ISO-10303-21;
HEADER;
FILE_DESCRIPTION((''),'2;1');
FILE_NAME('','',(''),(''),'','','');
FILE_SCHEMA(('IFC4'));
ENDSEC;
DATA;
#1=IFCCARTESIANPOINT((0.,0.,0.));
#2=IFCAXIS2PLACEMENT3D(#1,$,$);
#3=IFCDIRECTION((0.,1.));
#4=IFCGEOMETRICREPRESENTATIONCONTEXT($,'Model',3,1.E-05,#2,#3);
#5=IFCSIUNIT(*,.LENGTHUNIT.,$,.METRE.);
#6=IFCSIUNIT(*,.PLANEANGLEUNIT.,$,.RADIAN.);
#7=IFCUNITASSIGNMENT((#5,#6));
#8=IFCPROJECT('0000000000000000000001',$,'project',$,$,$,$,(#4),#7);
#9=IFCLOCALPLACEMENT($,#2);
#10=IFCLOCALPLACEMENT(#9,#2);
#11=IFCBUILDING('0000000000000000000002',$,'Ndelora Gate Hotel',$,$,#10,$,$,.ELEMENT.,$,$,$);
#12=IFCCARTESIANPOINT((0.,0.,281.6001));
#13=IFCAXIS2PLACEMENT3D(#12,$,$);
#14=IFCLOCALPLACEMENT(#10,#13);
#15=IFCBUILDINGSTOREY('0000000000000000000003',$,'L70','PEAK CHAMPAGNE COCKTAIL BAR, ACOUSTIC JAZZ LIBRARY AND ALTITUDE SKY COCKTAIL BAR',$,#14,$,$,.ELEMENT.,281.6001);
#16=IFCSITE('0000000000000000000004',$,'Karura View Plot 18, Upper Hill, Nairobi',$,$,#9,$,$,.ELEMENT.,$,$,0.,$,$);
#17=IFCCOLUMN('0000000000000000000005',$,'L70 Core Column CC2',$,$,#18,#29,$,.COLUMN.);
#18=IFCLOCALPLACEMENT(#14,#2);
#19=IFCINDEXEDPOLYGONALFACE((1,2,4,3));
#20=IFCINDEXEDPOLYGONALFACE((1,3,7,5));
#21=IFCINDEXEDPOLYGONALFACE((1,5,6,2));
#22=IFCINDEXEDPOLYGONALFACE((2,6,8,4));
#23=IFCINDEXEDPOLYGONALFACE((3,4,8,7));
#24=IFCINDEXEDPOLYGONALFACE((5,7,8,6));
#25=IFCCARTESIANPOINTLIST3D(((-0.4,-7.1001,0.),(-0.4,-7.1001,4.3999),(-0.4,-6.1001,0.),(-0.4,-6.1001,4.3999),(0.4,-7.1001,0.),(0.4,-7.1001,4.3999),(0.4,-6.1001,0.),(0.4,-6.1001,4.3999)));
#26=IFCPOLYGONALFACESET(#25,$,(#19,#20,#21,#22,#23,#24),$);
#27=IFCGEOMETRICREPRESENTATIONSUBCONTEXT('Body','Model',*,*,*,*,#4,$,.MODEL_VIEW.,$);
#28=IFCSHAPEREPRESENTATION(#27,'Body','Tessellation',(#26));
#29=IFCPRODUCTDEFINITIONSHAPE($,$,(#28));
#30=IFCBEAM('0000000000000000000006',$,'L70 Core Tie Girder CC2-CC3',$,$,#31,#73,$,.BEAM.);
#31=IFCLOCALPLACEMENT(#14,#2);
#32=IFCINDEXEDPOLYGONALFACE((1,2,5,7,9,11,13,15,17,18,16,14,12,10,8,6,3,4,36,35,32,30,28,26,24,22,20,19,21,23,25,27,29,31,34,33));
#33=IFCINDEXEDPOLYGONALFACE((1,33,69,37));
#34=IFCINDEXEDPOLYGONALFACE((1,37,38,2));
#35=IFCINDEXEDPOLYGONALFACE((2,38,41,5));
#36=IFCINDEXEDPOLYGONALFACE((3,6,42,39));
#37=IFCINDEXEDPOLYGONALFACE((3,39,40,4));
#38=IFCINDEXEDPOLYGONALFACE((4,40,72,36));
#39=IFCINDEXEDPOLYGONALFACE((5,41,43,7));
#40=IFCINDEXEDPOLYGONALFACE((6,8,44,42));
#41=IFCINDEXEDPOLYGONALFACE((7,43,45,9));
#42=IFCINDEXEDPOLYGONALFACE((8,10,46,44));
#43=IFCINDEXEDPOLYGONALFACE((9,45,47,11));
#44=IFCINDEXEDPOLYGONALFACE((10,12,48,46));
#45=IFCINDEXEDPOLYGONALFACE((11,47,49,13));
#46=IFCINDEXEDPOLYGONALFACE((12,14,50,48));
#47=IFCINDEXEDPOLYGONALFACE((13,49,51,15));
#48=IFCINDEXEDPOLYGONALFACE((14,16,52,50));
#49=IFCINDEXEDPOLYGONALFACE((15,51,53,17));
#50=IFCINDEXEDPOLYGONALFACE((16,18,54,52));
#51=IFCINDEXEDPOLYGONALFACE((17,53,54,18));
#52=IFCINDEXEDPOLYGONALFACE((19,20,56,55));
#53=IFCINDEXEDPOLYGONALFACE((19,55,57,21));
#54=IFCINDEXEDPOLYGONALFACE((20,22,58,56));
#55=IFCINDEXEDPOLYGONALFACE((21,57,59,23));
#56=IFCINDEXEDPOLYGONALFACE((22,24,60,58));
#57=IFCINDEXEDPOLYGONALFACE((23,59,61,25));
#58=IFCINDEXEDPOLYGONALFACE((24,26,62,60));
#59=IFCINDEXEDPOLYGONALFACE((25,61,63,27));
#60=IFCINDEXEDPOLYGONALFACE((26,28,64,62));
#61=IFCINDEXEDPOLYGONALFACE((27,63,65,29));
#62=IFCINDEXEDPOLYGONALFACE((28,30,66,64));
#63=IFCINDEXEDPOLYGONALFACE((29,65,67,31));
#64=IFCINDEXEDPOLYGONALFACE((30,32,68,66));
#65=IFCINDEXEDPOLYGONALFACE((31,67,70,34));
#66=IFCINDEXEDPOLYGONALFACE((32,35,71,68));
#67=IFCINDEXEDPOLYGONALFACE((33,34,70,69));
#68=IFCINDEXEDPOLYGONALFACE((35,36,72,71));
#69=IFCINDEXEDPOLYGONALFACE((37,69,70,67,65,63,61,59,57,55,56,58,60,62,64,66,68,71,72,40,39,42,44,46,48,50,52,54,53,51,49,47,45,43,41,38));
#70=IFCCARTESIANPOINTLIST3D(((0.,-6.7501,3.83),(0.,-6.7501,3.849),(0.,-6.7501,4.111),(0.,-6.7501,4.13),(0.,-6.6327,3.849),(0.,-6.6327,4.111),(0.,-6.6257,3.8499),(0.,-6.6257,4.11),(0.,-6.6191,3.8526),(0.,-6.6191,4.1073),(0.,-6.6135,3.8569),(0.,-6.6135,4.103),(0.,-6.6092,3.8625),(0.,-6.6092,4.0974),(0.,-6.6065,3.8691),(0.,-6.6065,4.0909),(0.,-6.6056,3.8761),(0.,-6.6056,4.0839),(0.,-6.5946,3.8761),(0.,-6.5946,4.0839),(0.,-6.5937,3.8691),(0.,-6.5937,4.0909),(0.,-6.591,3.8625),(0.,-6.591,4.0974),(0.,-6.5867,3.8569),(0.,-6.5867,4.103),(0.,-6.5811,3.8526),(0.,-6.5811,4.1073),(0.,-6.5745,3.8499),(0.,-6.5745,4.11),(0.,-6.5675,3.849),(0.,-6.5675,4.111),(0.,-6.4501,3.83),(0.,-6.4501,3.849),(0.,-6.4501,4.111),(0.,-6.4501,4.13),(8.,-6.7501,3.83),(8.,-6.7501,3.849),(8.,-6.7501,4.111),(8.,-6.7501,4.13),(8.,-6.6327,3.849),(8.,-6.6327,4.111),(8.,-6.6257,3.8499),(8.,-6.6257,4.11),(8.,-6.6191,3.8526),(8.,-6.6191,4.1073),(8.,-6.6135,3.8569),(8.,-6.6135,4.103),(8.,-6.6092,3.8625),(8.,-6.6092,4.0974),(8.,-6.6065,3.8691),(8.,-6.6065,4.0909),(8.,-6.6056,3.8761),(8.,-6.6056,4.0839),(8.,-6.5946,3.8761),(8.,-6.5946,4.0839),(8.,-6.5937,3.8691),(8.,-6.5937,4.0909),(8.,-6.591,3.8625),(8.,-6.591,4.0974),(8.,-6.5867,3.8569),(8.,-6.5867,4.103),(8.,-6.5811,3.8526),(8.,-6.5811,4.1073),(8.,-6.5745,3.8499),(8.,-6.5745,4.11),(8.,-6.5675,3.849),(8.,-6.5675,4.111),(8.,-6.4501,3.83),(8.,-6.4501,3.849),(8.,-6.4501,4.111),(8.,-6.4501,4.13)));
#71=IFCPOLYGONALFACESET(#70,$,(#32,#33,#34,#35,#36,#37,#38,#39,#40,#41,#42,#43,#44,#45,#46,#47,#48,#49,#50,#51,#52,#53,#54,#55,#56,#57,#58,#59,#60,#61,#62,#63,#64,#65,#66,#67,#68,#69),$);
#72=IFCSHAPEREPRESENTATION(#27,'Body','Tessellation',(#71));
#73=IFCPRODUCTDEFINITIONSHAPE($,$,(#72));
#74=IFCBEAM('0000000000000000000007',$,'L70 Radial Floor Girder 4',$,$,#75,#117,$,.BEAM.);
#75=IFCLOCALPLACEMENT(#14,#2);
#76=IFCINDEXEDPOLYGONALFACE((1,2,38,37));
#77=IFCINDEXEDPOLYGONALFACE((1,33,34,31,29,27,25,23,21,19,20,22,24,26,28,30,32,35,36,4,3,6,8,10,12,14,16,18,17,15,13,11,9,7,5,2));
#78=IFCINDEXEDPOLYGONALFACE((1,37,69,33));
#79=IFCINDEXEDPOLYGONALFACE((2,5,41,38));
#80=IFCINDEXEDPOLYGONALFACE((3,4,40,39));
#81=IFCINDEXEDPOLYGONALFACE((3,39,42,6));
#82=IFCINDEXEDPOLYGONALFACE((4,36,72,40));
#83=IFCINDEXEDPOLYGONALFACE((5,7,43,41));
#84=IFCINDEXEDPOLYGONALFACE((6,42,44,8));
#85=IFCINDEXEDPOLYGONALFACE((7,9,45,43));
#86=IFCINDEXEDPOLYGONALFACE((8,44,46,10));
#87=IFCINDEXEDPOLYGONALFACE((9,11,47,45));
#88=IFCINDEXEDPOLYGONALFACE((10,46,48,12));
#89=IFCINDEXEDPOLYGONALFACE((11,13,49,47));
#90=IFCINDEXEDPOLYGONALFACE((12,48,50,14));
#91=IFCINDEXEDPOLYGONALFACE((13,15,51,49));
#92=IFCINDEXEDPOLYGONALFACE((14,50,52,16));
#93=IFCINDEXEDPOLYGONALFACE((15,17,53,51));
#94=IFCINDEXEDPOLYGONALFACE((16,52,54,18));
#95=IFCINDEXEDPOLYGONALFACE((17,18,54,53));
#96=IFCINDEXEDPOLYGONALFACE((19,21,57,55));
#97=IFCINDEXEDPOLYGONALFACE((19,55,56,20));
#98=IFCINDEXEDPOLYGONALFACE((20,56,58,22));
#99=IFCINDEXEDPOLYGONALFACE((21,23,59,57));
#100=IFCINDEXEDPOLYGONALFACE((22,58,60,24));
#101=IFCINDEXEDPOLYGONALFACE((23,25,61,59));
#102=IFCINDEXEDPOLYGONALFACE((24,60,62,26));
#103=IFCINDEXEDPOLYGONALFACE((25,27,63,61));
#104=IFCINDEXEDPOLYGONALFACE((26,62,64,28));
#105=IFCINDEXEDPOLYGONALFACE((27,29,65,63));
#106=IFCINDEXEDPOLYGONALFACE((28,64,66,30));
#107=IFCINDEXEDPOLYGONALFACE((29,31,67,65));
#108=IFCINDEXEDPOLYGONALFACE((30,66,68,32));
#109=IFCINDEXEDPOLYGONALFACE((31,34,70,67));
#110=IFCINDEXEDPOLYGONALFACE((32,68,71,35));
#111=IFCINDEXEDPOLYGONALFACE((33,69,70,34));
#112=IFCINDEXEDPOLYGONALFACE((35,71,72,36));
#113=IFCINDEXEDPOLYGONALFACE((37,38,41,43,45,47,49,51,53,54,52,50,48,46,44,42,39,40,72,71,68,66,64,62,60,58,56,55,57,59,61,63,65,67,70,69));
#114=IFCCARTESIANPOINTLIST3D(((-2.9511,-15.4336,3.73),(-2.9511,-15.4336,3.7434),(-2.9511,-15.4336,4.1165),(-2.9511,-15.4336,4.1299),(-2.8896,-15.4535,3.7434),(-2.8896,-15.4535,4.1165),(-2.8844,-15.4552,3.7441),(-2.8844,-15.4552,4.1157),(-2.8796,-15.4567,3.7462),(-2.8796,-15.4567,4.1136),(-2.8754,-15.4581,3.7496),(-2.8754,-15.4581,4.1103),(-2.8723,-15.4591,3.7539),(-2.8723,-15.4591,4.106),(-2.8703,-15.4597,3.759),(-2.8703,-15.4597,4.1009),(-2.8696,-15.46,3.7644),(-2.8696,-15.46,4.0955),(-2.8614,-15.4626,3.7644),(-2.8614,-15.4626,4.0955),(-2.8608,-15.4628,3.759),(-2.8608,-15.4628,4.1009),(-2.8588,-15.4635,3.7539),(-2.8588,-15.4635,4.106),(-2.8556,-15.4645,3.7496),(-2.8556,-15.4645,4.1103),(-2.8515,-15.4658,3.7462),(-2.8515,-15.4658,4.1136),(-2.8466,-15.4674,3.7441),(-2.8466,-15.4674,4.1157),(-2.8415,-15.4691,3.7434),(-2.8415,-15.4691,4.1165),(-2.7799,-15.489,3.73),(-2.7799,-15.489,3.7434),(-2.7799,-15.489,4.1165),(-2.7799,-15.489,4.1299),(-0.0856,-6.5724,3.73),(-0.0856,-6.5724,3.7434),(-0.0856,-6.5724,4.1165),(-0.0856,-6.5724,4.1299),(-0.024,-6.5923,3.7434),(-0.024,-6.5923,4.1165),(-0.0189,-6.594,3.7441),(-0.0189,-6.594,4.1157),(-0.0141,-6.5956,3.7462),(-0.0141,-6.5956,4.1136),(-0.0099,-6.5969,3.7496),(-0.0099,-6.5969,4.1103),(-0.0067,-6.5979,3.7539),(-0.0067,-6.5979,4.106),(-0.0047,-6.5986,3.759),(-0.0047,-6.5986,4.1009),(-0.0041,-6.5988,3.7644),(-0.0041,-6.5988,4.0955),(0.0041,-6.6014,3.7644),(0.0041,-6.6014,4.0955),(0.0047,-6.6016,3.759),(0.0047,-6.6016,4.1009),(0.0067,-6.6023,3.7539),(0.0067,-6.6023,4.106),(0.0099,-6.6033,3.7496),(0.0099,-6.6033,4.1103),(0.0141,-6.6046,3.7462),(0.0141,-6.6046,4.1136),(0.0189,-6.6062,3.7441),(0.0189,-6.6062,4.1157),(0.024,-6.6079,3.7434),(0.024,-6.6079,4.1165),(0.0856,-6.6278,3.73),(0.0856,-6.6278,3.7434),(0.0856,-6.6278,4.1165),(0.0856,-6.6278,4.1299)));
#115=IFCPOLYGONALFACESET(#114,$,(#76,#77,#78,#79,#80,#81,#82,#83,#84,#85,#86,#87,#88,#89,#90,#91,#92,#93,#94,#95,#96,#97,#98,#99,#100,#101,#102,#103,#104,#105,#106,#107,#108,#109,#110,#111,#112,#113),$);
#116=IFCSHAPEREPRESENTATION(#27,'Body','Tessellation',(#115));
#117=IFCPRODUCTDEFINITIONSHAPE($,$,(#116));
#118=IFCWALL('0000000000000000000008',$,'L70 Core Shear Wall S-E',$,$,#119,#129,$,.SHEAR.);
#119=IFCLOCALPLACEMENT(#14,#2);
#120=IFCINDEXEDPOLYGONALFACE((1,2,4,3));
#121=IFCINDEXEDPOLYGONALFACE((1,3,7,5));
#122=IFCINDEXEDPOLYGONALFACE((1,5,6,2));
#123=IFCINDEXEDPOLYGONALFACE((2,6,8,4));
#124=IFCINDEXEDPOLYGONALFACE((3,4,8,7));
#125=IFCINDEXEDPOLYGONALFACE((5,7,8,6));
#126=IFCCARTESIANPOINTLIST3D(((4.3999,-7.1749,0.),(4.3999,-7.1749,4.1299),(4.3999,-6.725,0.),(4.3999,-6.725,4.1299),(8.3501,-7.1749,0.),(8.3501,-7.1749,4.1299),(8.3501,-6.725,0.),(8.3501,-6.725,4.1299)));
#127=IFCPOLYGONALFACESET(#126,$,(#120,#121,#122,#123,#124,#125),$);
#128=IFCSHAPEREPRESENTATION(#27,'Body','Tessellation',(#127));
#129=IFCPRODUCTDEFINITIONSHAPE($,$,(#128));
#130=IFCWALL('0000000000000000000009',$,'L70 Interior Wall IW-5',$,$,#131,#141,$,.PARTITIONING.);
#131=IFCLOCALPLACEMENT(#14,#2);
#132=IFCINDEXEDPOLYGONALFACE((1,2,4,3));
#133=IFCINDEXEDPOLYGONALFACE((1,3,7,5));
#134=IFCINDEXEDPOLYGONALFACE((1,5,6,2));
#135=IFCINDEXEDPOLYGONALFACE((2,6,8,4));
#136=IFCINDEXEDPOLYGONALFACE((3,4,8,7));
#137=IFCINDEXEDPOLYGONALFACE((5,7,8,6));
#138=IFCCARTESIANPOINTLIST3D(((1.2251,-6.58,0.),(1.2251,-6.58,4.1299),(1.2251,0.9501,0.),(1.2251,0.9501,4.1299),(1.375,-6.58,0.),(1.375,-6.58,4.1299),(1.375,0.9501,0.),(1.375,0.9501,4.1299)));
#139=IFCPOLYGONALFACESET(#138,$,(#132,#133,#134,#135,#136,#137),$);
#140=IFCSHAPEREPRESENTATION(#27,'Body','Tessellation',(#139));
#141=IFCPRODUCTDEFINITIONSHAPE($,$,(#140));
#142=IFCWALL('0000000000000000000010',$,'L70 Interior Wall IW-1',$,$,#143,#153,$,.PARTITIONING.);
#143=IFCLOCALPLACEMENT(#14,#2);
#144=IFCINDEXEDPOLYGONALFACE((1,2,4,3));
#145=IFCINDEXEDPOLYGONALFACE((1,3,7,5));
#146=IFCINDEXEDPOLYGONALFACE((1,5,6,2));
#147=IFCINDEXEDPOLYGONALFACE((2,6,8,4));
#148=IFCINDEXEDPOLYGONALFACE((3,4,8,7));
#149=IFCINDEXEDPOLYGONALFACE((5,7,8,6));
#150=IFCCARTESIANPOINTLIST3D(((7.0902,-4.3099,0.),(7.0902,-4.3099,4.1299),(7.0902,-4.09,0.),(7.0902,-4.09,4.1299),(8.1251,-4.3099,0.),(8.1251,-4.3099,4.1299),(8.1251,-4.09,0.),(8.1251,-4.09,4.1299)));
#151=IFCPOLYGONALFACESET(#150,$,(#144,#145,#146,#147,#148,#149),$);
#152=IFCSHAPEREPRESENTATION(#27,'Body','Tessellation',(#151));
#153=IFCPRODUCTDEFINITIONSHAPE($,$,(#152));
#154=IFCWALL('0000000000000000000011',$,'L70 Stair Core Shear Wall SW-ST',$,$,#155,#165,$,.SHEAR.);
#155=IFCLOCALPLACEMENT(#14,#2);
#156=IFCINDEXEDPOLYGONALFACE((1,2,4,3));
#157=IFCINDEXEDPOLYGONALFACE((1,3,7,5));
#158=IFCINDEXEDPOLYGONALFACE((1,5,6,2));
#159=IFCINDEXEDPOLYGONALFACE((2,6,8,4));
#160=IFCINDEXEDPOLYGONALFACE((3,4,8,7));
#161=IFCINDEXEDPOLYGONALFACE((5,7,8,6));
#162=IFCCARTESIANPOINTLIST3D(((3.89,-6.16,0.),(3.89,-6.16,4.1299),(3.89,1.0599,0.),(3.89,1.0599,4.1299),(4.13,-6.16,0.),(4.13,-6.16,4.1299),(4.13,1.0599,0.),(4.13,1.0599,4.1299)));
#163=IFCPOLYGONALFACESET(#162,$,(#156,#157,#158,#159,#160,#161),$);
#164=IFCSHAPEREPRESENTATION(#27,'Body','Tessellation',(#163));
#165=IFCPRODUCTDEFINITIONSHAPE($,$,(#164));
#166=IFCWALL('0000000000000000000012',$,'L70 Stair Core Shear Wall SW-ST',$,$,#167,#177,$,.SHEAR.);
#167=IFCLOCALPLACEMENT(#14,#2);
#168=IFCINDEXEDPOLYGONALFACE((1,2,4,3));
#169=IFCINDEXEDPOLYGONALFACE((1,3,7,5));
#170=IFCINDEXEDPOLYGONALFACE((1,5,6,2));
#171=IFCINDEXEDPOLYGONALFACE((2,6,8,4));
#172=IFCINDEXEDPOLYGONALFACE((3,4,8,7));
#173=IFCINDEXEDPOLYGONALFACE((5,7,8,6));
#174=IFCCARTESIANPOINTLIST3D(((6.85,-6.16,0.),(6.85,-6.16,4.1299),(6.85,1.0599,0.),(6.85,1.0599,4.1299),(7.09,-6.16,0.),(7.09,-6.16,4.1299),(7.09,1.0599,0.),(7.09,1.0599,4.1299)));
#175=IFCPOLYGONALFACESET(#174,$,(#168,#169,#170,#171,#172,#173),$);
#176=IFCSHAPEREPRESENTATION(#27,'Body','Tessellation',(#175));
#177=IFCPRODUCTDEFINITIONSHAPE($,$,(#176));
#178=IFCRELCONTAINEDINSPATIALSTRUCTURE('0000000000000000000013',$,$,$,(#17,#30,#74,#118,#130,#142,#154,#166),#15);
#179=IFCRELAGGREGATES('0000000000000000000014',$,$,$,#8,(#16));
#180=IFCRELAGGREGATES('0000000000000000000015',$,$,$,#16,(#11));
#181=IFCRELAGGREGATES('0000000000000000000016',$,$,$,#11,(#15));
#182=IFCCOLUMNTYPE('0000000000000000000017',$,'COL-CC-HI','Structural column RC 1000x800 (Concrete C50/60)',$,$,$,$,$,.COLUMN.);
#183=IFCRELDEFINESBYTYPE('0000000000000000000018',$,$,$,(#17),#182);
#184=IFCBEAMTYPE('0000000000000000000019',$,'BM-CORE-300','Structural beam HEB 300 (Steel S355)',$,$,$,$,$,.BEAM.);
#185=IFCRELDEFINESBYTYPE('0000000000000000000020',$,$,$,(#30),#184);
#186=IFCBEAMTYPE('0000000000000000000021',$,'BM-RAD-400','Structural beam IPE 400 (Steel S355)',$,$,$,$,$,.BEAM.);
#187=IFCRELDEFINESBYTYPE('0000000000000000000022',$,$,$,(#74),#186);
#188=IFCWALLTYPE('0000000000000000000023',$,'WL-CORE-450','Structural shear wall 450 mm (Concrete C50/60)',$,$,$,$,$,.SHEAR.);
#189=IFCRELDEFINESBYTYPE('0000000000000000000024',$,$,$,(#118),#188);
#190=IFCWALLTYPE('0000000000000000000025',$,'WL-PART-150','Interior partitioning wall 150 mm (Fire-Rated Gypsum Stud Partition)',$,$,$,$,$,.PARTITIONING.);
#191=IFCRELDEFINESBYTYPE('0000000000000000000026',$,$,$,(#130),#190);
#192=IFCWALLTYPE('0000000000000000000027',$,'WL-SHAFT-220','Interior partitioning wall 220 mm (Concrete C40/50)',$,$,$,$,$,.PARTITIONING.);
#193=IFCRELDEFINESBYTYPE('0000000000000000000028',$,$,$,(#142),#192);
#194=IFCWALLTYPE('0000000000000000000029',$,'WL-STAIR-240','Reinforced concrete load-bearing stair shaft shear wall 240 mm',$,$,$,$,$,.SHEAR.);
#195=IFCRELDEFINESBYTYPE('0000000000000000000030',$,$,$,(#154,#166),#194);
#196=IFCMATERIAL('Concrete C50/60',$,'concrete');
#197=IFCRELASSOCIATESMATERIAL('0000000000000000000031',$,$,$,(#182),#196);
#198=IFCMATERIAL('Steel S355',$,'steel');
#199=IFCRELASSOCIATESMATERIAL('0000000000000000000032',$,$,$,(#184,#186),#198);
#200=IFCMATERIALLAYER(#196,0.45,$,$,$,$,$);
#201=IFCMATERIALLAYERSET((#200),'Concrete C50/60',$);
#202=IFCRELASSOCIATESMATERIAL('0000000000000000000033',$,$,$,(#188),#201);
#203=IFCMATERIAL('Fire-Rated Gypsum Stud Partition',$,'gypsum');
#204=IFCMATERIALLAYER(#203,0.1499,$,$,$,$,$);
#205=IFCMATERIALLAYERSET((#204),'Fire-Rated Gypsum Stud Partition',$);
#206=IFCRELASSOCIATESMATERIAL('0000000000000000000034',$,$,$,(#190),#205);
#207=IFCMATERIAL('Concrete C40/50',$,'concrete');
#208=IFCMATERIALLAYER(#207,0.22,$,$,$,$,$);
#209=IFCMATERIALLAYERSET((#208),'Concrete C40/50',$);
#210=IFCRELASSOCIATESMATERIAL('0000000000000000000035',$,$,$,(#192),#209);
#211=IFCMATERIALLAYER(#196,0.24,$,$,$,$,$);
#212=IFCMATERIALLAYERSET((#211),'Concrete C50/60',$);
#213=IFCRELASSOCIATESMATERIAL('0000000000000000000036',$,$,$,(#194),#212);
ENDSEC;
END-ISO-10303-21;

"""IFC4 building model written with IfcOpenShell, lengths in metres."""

from ifc_helpers import new_model, si_unit, direction, frame, frame_2d, origin, origin_2d, place, context, subcontext, project, spatial, rectangle, i_section, extrude, material, layer, layer_set, material_profile, profile_set, type_object, element, save


model = new_model("IFC4")

# Units and contexts
model_context = context("Model", 3, precision=1e-05, world=origin(), true_north=direction((0.0, 1.0)))
body_context = subcontext(model_context, "Body", "Model", "MODEL_VIEW")
ifc_project = project(units=[si_unit("LENGTHUNIT", "METRE"), si_unit("PLANEANGLEUNIT", "RADIAN")], contexts=[model_context])

# Site, building, storey
site_placement = place(None, origin())
site = spatial("IfcSite", under=ifc_project, at=site_placement, Name="Karura View Plot 18, Upper Hill, Nairobi", CompositionType="ELEMENT", RefElevation=0.0)
building_placement = place(site_placement, origin())
building = spatial("IfcBuilding", under=site, at=building_placement, Name="Ndelora Gate Hotel", CompositionType="ELEMENT")
storey_placement = place(building_placement, frame((0.0, 0.0, 281.6001)))
storey = spatial("IfcBuildingStorey", under=building, at=storey_placement, Name="L70", Description="PEAK CHAMPAGNE COCKTAIL BAR, ACOUSTIC JAZZ LIBRARY AND ALTITUDE SKY COCKTAIL BAR", CompositionType="ELEMENT", Elevation=281.6001)

# Column
ifc_material_1 = material(Name="Concrete C50/60", Category="concrete")
ifc_material_profile_1 = material_profile(ifc_material_1, rectangle(XDim=0.8, YDim=1.0, at=origin_2d()), Name="RC 1000x800")
ifc_profile_set_1 = profile_set([ifc_material_profile_1], Name="Concrete C50/60")
column_type = type_object("IfcColumnType", Name="COL-CC-HI", Description="Structural column RC 1000x800 (Concrete C50/60)", PredefinedType="COLUMN", material=ifc_profile_set_1)
column_placement = place(storey_placement, frame((0.0, -6.6001, 0.0), z_axis=(0.0, 0.0, 1.0), x_axis=(1.0, 0.0, 0.0)))
element("IfcColumn", 1, at=column_placement, inside=storey, type_object=column_type, Name="L70 Core Column CC2", PredefinedType="COLUMN", context=body_context, shape_type="SweptSolid", body=[
    extrude(rectangle(XDim=0.8, YDim=1.0, at=origin_2d()), origin(), (0.0, 0.0, 1.0), 4.3999),
])

# Beams
ifc_material_2 = material(Name="Steel S355", Category="steel")
ifc_material_profile_2 = material_profile(ifc_material_2, i_section(OverallWidth=0.3, OverallDepth=0.3, WebThickness=0.011, FlangeThickness=0.019, FilletRadius=0.0271, at=origin_2d()), Name="HEB 300")
ifc_profile_set_2 = profile_set([ifc_material_profile_2], Name="Steel S355")
beam_type_1 = type_object("IfcBeamType", Name="BM-CORE-300", Description="Structural beam HEB 300 (Steel S355)", PredefinedType="BEAM", material=ifc_profile_set_2)
beam_1_placement = place(storey_placement, frame((0.0, -6.6001, 3.98), z_axis=(1.0, 0.0, 0.0), x_axis=(0.0, 1.0, 0.0)))
element("IfcBeam", 2, at=beam_1_placement, inside=storey, type_object=beam_type_1, Name="L70 Core Tie Girder CC2-CC3", PredefinedType="BEAM", context=body_context, shape_type="SweptSolid", body=[
    extrude(i_section(OverallWidth=0.3, OverallDepth=0.3, WebThickness=0.011, FlangeThickness=0.019, FilletRadius=0.0271, at=origin_2d()), origin(), (0.0, 0.0, 1.0), 8.0),
])
ifc_material_profile_3 = material_profile(ifc_material_2, i_section(OverallWidth=0.1799, OverallDepth=0.3999, WebThickness=0.0085, FlangeThickness=0.0134, FilletRadius=0.021, at=origin_2d()), Name="IPE 400")
ifc_profile_set_3 = profile_set([ifc_material_profile_3], Name="Steel S355")
beam_type_2 = type_object("IfcBeamType", Name="BM-RAD-400", Description="Structural beam IPE 400 (Steel S355)", PredefinedType="BEAM", material=ifc_profile_set_3)
beam_2_placement = place(storey_placement, frame((0.0, -6.6001, 3.9299), z_axis=(-0.30769, -0.951487, 0.0), x_axis=(0.951487, -0.30769, 0.0)))
element("IfcBeam", 3, at=beam_2_placement, inside=storey, type_object=beam_type_2, Name="L70 Radial Floor Girder 4", PredefinedType="BEAM", context=body_context, shape_type="SweptSolid", body=[
    extrude(i_section(OverallWidth=0.1799, OverallDepth=0.3999, WebThickness=0.0085, FlangeThickness=0.0134, FilletRadius=0.021, at=origin_2d()), origin(), (0.0, 0.0, 1.0), 9.313),
])

# Walls
ifc_layer_1 = layer(ifc_material_1, 0.45)
ifc_layer_set_1 = layer_set([ifc_layer_1], Name="Concrete C50/60")
wall_type_1 = type_object("IfcWallType", Name="WL-CORE-450", Description="Structural shear wall 450 mm (Concrete C50/60)", PredefinedType="SHEAR", material=ifc_layer_set_1)
wall_1_placement = place(storey_placement, frame((4.3999, -6.95, 0.0), z_axis=(0.0, 0.0, 1.0), x_axis=(1.0, 0.0, 0.0)))
element("IfcWall", 4, at=wall_1_placement, inside=storey, type_object=wall_type_1, Name="L70 Core Shear Wall S-E", PredefinedType="SHEAR", context=body_context, shape_type="SweptSolid", body=[
    extrude(rectangle(XDim=3.9502, YDim=0.45, at=frame_2d((1.9751, 0.0))), origin(), (0.0, 0.0, 1.0), 4.1299),
])
ifc_material_3 = material(Name="Fire-Rated Gypsum Stud Partition", Category="gypsum")
ifc_layer_2 = layer(ifc_material_3, 0.1499)
ifc_layer_set_2 = layer_set([ifc_layer_2], Name="Fire-Rated Gypsum Stud Partition")
wall_type_2 = type_object("IfcWallType", Name="WL-PART-150", Description="Interior partitioning wall 150 mm (Fire-Rated Gypsum Stud Partition)", PredefinedType="PARTITIONING", material=ifc_layer_set_2)
wall_2_placement = place(storey_placement, frame((1.3, -6.5801, 0.0), z_axis=(0.0, 0.0, 1.0), x_axis=(0.0, 1.0, 0.0)))
element("IfcWall", 5, at=wall_2_placement, inside=storey, type_object=wall_type_2, Name="L70 Interior Wall IW-5", PredefinedType="PARTITIONING", context=body_context, shape_type="SweptSolid", body=[
    extrude(rectangle(XDim=7.53, YDim=0.1499, at=frame_2d((3.7651, 0.0))), origin(), (0.0, 0.0, 1.0), 4.1299),
])
ifc_material_4 = material(Name="Concrete C40/50", Category="concrete")
ifc_layer_3 = layer(ifc_material_4, 0.22)
ifc_layer_set_3 = layer_set([ifc_layer_3], Name="Concrete C40/50")
wall_type_3 = type_object("IfcWallType", Name="WL-SHAFT-220", Description="Interior partitioning wall 220 mm (Concrete C40/50)", PredefinedType="PARTITIONING", material=ifc_layer_set_3)
wall_3_placement = place(storey_placement, frame((7.0901, -4.2, 0.0), z_axis=(0.0, 0.0, 1.0), x_axis=(1.0, 0.0, 0.0)))
element("IfcWall", 6, at=wall_3_placement, inside=storey, type_object=wall_type_3, Name="L70 Interior Wall IW-1", PredefinedType="PARTITIONING", context=body_context, shape_type="SweptSolid", body=[
    extrude(rectangle(XDim=1.0349, YDim=0.22, at=frame_2d((0.5176, 0.0))), origin(), (0.0, 0.0, 1.0), 4.1299),
])
ifc_layer_4 = layer(ifc_material_1, 0.24)
ifc_layer_set_4 = layer_set([ifc_layer_4], Name="Concrete C50/60")
wall_type_4 = type_object("IfcWallType", Name="WL-STAIR-240", Description="Reinforced concrete load-bearing stair shaft shear wall 240 mm", PredefinedType="SHEAR", material=ifc_layer_set_4)
for number, where, z_axis, x_axis, name in (
    (7, (4.01, -6.1599, 0.0), (0.0, 0.0, 1.0), (0.0, 1.0, 0.0), "L70 Stair Core Shear Wall SW-ST"),
    (8, (6.97, -6.1599, 0.0), (0.0, 0.0, 1.0), (0.0, 1.0, 0.0), "L70 Stair Core Shear Wall SW-ST"),
):
    element("IfcWall", number, at=place(storey_placement, frame(where, z_axis=z_axis, x_axis=x_axis)), inside=storey, type_object=wall_type_4, Name=name, PredefinedType="SHEAR", context=body_context, shape_type="SweptSolid", body=[
        extrude(rectangle(XDim=7.22, YDim=0.24, at=frame_2d((3.6099, 0.0))), origin(), (0.0, 0.0, 1.0), 4.1299),
    ])

save(model, "model.ifc")
